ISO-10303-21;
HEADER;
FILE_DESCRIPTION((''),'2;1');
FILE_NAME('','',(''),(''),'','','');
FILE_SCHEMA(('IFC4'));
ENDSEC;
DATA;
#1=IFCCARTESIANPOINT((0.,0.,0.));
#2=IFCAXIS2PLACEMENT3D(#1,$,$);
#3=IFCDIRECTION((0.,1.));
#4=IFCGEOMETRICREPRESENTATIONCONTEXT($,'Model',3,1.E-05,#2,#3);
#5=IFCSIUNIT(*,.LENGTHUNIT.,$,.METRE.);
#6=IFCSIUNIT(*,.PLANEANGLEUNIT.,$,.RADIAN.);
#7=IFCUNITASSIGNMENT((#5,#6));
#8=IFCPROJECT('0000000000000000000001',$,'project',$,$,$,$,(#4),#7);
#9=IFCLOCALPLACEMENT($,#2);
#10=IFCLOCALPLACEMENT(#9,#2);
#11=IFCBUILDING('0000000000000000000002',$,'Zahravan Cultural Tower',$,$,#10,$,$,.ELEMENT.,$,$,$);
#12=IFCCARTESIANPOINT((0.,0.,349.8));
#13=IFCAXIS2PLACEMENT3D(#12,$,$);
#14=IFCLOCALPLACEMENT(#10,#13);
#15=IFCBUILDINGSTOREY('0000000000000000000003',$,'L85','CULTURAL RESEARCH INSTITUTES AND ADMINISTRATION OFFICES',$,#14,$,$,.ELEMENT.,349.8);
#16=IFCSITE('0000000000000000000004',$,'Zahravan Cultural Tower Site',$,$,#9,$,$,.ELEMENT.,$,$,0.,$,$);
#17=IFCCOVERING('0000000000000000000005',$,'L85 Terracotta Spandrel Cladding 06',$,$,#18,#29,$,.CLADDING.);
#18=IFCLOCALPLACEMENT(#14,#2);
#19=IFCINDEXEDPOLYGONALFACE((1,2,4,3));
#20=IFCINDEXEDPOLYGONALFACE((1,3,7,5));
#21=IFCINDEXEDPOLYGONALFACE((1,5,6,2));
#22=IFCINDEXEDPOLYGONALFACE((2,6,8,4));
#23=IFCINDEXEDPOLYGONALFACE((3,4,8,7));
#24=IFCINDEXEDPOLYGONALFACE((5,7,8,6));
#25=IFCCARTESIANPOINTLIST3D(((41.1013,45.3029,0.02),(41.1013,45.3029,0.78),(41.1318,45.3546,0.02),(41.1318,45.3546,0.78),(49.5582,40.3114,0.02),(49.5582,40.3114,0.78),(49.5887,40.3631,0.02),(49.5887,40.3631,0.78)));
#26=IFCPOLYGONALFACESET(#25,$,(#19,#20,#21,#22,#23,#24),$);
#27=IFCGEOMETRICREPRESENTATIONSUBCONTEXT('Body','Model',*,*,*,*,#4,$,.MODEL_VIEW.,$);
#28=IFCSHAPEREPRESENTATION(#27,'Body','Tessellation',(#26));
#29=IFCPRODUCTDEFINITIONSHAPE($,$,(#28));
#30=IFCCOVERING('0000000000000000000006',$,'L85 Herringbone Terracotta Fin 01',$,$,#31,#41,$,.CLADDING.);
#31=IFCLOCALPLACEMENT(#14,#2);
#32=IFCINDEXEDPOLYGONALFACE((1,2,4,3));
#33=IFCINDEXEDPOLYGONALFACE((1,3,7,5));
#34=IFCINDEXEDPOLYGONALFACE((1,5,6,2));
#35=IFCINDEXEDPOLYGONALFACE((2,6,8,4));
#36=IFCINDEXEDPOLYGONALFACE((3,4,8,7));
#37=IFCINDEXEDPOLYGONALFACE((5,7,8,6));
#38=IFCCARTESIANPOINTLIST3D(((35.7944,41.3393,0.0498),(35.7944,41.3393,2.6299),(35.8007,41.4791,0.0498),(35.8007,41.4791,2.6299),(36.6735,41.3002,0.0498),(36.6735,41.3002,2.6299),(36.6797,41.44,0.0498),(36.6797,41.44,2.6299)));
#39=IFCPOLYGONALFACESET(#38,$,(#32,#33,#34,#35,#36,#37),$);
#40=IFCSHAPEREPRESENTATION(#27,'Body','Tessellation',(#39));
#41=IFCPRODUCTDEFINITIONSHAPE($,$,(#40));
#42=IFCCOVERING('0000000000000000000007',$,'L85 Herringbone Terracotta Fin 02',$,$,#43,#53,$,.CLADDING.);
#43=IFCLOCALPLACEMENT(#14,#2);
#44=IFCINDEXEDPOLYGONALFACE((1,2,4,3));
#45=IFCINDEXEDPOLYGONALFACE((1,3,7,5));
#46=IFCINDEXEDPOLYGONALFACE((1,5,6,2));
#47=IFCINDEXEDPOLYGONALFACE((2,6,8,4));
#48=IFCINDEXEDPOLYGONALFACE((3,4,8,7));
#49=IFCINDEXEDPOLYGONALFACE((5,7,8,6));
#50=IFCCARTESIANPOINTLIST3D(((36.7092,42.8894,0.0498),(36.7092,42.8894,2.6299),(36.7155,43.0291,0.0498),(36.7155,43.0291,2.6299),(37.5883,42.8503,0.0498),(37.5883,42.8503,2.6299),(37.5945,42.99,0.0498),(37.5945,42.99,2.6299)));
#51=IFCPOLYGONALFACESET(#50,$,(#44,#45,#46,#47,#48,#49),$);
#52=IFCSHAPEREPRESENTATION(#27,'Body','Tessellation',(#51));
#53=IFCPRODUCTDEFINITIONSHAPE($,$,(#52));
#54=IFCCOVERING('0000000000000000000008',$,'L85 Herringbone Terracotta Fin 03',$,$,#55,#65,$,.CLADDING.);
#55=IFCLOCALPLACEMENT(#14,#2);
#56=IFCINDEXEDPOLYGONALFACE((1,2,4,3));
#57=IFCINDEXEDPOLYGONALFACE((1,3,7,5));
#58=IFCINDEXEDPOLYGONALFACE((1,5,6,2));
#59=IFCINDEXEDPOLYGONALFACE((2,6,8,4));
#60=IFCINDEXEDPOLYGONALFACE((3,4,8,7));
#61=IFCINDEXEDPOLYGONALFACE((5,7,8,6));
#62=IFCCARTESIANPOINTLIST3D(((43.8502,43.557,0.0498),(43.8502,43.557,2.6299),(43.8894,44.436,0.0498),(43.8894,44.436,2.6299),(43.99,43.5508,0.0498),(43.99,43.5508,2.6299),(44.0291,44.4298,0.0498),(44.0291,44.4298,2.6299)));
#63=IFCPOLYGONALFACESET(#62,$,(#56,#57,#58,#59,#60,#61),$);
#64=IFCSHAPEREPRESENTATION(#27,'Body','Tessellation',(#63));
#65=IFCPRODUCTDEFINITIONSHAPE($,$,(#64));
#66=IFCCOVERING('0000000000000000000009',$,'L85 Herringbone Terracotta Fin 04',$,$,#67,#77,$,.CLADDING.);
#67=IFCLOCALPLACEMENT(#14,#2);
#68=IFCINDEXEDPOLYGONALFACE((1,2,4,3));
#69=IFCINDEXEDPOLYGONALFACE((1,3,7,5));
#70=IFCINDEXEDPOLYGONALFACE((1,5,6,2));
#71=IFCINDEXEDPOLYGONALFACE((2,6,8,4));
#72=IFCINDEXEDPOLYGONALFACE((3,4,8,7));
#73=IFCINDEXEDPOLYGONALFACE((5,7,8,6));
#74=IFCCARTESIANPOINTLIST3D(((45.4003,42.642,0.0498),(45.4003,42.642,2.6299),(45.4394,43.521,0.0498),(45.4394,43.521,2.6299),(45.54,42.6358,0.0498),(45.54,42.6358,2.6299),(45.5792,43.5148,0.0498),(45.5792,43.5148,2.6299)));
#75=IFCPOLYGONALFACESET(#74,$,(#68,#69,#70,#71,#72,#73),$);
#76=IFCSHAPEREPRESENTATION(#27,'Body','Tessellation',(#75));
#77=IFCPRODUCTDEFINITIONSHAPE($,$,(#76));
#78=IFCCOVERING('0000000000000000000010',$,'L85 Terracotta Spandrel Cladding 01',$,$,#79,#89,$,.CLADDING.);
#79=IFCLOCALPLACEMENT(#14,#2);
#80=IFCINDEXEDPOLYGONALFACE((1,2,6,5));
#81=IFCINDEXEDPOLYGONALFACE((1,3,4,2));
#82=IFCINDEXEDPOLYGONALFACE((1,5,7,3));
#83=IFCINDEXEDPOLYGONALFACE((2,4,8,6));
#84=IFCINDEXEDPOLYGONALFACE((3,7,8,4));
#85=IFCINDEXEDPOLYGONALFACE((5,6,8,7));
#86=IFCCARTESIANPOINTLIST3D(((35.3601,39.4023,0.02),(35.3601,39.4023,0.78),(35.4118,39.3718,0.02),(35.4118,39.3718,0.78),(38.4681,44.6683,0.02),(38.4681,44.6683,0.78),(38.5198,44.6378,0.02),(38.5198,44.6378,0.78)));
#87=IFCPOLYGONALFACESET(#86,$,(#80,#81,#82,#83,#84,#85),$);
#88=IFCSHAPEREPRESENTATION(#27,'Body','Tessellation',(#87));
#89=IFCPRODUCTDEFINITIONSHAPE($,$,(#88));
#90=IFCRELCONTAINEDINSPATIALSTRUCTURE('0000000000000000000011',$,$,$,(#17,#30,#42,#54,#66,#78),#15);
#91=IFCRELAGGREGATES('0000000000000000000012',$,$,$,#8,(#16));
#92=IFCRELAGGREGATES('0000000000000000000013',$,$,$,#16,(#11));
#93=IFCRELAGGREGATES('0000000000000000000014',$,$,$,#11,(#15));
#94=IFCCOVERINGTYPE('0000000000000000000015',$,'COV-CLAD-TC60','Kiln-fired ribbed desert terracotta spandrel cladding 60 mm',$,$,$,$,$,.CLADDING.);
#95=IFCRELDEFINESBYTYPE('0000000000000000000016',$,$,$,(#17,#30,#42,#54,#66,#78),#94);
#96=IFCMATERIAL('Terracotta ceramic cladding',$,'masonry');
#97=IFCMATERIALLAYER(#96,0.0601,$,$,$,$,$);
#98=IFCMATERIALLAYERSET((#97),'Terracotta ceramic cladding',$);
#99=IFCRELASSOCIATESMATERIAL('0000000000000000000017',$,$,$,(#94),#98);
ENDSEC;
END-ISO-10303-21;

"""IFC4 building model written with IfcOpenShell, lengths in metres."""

from ifc_helpers import new_model, si_unit, direction, frame, origin, origin_2d, place, context, subcontext, project, spatial, rectangle, extrude, source, transform, mapped, material, layer, layer_set, type_object, element, save


model = new_model("IFC4")

# Units and contexts
model_context = context("Model", 3, precision=1e-05, world=origin(), true_north=direction((0.0, 1.0)))
body_context = subcontext(model_context, "Body", "Model", "MODEL_VIEW")
ifc_project = project(units=[si_unit("LENGTHUNIT", "METRE"), si_unit("PLANEANGLEUNIT", "RADIAN")], contexts=[model_context])

# Site, building, storey
site_placement = place(None, origin())
site = spatial("IfcSite", under=ifc_project, at=site_placement, Name="Zahravan Cultural Tower Site", CompositionType="ELEMENT", RefElevation=0.0)
building_placement = place(site_placement, origin())
building = spatial("IfcBuilding", under=site, at=building_placement, Name="Zahravan Cultural Tower", CompositionType="ELEMENT")
storey_placement = place(building_placement, frame((0.0, 0.0, 349.8)))
storey = spatial("IfcBuildingStorey", under=building, at=storey_placement, Name="L85", Description="CULTURAL RESEARCH INSTITUTES AND ADMINISTRATION OFFICES", CompositionType="ELEMENT", Elevation=349.8)

# Coverings
ifc_material_1 = material(Name="Terracotta ceramic cladding", Category="masonry")
ifc_layer_1 = layer(ifc_material_1, 0.0601)
ifc_layer_set_1 = layer_set([ifc_layer_1], Name="Terracotta ceramic cladding")
covering_type = type_object("IfcCoveringType", Name="COV-CLAD-TC60", Description="Kiln-fired ribbed desert terracotta spandrel cladding 60 mm", PredefinedType="CLADDING", material=ifc_layer_set_1)
shared_shape_1 = source(origin(), body_context, "Body", "SweptSolid", [
    extrude(rectangle(XDim=9.8201, YDim=0.0601, at=origin_2d()), origin(), (0.0, 0.0, 1.0), 0.76),
])
covering_1_placement = place(storey_placement, frame((45.345, 42.833, 0.02), z_axis=(0.0, 0.0, 1.0), x_axis=(0.861186, -0.50829, 0.0)))
element("IfcCovering", 1, at=covering_1_placement, inside=storey, type_object=covering_type, Name="L85 Terracotta Spandrel Cladding 06", PredefinedType="CLADDING", context=body_context, shape_type="MappedRepresentation", body=[
    mapped(shared_shape_1, transform((0.0, 0.0, 0.0), x_axis=(1.0, 0.0, 0.0), y_axis=(0.0, 1.0, 0.0), z_axis=(0.0, 0.0, 1.0), scale=1.0)),
])
shared_shape_2 = source(origin(), body_context, "Body", "SweptSolid", [
    extrude(rectangle(XDim=0.8799, YDim=0.1399, at=origin_2d()), origin(), (0.0, 0.0, 1.0), 2.5801),
])
for number, where, z_axis, x_axis, name in (
    (2, (36.2371, 41.3896, 0.0498), (0.0, 0.0, 1.0), (-0.999011, 0.044474, 0.0), "L85 Herringbone Terracotta Fin 01"),
    (3, (37.1519, 42.9397, 0.0498), (0.0, 0.0, 1.0), (-0.999011, 0.044474, 0.0), "L85 Herringbone Terracotta Fin 02"),
    (4, (43.9397, 43.9934, 0.0498), (0.0, 0.0, 1.0), (0.044491, 0.99901, 0.0), "L85 Herringbone Terracotta Fin 03"),
    (5, (45.4897, 43.0784, 0.0498), (0.0, 0.0, 1.0), (0.044491, 0.99901, 0.0), "L85 Herringbone Terracotta Fin 04"),
):
    element("IfcCovering", number, at=place(storey_placement, frame(where, z_axis=z_axis, x_axis=x_axis)), inside=storey, type_object=covering_type, Name=name, PredefinedType="CLADDING", context=body_context, shape_type="MappedRepresentation", body=[
        mapped(shared_shape_2, transform((0.0, 0.0, 0.0), x_axis=(1.0, 0.0, 0.0), y_axis=(0.0, 1.0, 0.0), z_axis=(0.0, 0.0, 1.0), scale=1.0)),
    ])
shared_shape_3 = source(origin(), body_context, "Body", "SweptSolid", [
    extrude(rectangle(XDim=6.1147, YDim=0.0601, at=origin_2d()), origin(), (0.0, 0.0, 1.0), 0.76),
])
covering_2_placement = place(storey_placement, frame((36.9399, 42.02, 0.02), z_axis=(0.0, 0.0, 1.0), x_axis=(0.508275, 0.861195, 0.0)))
element("IfcCovering", 6, at=covering_2_placement, inside=storey, type_object=covering_type, Name="L85 Terracotta Spandrel Cladding 01", PredefinedType="CLADDING", context=body_context, shape_type="MappedRepresentation", body=[
    mapped(shared_shape_3, transform((0.0, 0.0, 0.0), x_axis=(1.0, 0.0, 0.0), y_axis=(0.0, 1.0, 0.0), z_axis=(0.0, 0.0, 1.0), scale=1.0)),
])

save(model, "model.ifc")
